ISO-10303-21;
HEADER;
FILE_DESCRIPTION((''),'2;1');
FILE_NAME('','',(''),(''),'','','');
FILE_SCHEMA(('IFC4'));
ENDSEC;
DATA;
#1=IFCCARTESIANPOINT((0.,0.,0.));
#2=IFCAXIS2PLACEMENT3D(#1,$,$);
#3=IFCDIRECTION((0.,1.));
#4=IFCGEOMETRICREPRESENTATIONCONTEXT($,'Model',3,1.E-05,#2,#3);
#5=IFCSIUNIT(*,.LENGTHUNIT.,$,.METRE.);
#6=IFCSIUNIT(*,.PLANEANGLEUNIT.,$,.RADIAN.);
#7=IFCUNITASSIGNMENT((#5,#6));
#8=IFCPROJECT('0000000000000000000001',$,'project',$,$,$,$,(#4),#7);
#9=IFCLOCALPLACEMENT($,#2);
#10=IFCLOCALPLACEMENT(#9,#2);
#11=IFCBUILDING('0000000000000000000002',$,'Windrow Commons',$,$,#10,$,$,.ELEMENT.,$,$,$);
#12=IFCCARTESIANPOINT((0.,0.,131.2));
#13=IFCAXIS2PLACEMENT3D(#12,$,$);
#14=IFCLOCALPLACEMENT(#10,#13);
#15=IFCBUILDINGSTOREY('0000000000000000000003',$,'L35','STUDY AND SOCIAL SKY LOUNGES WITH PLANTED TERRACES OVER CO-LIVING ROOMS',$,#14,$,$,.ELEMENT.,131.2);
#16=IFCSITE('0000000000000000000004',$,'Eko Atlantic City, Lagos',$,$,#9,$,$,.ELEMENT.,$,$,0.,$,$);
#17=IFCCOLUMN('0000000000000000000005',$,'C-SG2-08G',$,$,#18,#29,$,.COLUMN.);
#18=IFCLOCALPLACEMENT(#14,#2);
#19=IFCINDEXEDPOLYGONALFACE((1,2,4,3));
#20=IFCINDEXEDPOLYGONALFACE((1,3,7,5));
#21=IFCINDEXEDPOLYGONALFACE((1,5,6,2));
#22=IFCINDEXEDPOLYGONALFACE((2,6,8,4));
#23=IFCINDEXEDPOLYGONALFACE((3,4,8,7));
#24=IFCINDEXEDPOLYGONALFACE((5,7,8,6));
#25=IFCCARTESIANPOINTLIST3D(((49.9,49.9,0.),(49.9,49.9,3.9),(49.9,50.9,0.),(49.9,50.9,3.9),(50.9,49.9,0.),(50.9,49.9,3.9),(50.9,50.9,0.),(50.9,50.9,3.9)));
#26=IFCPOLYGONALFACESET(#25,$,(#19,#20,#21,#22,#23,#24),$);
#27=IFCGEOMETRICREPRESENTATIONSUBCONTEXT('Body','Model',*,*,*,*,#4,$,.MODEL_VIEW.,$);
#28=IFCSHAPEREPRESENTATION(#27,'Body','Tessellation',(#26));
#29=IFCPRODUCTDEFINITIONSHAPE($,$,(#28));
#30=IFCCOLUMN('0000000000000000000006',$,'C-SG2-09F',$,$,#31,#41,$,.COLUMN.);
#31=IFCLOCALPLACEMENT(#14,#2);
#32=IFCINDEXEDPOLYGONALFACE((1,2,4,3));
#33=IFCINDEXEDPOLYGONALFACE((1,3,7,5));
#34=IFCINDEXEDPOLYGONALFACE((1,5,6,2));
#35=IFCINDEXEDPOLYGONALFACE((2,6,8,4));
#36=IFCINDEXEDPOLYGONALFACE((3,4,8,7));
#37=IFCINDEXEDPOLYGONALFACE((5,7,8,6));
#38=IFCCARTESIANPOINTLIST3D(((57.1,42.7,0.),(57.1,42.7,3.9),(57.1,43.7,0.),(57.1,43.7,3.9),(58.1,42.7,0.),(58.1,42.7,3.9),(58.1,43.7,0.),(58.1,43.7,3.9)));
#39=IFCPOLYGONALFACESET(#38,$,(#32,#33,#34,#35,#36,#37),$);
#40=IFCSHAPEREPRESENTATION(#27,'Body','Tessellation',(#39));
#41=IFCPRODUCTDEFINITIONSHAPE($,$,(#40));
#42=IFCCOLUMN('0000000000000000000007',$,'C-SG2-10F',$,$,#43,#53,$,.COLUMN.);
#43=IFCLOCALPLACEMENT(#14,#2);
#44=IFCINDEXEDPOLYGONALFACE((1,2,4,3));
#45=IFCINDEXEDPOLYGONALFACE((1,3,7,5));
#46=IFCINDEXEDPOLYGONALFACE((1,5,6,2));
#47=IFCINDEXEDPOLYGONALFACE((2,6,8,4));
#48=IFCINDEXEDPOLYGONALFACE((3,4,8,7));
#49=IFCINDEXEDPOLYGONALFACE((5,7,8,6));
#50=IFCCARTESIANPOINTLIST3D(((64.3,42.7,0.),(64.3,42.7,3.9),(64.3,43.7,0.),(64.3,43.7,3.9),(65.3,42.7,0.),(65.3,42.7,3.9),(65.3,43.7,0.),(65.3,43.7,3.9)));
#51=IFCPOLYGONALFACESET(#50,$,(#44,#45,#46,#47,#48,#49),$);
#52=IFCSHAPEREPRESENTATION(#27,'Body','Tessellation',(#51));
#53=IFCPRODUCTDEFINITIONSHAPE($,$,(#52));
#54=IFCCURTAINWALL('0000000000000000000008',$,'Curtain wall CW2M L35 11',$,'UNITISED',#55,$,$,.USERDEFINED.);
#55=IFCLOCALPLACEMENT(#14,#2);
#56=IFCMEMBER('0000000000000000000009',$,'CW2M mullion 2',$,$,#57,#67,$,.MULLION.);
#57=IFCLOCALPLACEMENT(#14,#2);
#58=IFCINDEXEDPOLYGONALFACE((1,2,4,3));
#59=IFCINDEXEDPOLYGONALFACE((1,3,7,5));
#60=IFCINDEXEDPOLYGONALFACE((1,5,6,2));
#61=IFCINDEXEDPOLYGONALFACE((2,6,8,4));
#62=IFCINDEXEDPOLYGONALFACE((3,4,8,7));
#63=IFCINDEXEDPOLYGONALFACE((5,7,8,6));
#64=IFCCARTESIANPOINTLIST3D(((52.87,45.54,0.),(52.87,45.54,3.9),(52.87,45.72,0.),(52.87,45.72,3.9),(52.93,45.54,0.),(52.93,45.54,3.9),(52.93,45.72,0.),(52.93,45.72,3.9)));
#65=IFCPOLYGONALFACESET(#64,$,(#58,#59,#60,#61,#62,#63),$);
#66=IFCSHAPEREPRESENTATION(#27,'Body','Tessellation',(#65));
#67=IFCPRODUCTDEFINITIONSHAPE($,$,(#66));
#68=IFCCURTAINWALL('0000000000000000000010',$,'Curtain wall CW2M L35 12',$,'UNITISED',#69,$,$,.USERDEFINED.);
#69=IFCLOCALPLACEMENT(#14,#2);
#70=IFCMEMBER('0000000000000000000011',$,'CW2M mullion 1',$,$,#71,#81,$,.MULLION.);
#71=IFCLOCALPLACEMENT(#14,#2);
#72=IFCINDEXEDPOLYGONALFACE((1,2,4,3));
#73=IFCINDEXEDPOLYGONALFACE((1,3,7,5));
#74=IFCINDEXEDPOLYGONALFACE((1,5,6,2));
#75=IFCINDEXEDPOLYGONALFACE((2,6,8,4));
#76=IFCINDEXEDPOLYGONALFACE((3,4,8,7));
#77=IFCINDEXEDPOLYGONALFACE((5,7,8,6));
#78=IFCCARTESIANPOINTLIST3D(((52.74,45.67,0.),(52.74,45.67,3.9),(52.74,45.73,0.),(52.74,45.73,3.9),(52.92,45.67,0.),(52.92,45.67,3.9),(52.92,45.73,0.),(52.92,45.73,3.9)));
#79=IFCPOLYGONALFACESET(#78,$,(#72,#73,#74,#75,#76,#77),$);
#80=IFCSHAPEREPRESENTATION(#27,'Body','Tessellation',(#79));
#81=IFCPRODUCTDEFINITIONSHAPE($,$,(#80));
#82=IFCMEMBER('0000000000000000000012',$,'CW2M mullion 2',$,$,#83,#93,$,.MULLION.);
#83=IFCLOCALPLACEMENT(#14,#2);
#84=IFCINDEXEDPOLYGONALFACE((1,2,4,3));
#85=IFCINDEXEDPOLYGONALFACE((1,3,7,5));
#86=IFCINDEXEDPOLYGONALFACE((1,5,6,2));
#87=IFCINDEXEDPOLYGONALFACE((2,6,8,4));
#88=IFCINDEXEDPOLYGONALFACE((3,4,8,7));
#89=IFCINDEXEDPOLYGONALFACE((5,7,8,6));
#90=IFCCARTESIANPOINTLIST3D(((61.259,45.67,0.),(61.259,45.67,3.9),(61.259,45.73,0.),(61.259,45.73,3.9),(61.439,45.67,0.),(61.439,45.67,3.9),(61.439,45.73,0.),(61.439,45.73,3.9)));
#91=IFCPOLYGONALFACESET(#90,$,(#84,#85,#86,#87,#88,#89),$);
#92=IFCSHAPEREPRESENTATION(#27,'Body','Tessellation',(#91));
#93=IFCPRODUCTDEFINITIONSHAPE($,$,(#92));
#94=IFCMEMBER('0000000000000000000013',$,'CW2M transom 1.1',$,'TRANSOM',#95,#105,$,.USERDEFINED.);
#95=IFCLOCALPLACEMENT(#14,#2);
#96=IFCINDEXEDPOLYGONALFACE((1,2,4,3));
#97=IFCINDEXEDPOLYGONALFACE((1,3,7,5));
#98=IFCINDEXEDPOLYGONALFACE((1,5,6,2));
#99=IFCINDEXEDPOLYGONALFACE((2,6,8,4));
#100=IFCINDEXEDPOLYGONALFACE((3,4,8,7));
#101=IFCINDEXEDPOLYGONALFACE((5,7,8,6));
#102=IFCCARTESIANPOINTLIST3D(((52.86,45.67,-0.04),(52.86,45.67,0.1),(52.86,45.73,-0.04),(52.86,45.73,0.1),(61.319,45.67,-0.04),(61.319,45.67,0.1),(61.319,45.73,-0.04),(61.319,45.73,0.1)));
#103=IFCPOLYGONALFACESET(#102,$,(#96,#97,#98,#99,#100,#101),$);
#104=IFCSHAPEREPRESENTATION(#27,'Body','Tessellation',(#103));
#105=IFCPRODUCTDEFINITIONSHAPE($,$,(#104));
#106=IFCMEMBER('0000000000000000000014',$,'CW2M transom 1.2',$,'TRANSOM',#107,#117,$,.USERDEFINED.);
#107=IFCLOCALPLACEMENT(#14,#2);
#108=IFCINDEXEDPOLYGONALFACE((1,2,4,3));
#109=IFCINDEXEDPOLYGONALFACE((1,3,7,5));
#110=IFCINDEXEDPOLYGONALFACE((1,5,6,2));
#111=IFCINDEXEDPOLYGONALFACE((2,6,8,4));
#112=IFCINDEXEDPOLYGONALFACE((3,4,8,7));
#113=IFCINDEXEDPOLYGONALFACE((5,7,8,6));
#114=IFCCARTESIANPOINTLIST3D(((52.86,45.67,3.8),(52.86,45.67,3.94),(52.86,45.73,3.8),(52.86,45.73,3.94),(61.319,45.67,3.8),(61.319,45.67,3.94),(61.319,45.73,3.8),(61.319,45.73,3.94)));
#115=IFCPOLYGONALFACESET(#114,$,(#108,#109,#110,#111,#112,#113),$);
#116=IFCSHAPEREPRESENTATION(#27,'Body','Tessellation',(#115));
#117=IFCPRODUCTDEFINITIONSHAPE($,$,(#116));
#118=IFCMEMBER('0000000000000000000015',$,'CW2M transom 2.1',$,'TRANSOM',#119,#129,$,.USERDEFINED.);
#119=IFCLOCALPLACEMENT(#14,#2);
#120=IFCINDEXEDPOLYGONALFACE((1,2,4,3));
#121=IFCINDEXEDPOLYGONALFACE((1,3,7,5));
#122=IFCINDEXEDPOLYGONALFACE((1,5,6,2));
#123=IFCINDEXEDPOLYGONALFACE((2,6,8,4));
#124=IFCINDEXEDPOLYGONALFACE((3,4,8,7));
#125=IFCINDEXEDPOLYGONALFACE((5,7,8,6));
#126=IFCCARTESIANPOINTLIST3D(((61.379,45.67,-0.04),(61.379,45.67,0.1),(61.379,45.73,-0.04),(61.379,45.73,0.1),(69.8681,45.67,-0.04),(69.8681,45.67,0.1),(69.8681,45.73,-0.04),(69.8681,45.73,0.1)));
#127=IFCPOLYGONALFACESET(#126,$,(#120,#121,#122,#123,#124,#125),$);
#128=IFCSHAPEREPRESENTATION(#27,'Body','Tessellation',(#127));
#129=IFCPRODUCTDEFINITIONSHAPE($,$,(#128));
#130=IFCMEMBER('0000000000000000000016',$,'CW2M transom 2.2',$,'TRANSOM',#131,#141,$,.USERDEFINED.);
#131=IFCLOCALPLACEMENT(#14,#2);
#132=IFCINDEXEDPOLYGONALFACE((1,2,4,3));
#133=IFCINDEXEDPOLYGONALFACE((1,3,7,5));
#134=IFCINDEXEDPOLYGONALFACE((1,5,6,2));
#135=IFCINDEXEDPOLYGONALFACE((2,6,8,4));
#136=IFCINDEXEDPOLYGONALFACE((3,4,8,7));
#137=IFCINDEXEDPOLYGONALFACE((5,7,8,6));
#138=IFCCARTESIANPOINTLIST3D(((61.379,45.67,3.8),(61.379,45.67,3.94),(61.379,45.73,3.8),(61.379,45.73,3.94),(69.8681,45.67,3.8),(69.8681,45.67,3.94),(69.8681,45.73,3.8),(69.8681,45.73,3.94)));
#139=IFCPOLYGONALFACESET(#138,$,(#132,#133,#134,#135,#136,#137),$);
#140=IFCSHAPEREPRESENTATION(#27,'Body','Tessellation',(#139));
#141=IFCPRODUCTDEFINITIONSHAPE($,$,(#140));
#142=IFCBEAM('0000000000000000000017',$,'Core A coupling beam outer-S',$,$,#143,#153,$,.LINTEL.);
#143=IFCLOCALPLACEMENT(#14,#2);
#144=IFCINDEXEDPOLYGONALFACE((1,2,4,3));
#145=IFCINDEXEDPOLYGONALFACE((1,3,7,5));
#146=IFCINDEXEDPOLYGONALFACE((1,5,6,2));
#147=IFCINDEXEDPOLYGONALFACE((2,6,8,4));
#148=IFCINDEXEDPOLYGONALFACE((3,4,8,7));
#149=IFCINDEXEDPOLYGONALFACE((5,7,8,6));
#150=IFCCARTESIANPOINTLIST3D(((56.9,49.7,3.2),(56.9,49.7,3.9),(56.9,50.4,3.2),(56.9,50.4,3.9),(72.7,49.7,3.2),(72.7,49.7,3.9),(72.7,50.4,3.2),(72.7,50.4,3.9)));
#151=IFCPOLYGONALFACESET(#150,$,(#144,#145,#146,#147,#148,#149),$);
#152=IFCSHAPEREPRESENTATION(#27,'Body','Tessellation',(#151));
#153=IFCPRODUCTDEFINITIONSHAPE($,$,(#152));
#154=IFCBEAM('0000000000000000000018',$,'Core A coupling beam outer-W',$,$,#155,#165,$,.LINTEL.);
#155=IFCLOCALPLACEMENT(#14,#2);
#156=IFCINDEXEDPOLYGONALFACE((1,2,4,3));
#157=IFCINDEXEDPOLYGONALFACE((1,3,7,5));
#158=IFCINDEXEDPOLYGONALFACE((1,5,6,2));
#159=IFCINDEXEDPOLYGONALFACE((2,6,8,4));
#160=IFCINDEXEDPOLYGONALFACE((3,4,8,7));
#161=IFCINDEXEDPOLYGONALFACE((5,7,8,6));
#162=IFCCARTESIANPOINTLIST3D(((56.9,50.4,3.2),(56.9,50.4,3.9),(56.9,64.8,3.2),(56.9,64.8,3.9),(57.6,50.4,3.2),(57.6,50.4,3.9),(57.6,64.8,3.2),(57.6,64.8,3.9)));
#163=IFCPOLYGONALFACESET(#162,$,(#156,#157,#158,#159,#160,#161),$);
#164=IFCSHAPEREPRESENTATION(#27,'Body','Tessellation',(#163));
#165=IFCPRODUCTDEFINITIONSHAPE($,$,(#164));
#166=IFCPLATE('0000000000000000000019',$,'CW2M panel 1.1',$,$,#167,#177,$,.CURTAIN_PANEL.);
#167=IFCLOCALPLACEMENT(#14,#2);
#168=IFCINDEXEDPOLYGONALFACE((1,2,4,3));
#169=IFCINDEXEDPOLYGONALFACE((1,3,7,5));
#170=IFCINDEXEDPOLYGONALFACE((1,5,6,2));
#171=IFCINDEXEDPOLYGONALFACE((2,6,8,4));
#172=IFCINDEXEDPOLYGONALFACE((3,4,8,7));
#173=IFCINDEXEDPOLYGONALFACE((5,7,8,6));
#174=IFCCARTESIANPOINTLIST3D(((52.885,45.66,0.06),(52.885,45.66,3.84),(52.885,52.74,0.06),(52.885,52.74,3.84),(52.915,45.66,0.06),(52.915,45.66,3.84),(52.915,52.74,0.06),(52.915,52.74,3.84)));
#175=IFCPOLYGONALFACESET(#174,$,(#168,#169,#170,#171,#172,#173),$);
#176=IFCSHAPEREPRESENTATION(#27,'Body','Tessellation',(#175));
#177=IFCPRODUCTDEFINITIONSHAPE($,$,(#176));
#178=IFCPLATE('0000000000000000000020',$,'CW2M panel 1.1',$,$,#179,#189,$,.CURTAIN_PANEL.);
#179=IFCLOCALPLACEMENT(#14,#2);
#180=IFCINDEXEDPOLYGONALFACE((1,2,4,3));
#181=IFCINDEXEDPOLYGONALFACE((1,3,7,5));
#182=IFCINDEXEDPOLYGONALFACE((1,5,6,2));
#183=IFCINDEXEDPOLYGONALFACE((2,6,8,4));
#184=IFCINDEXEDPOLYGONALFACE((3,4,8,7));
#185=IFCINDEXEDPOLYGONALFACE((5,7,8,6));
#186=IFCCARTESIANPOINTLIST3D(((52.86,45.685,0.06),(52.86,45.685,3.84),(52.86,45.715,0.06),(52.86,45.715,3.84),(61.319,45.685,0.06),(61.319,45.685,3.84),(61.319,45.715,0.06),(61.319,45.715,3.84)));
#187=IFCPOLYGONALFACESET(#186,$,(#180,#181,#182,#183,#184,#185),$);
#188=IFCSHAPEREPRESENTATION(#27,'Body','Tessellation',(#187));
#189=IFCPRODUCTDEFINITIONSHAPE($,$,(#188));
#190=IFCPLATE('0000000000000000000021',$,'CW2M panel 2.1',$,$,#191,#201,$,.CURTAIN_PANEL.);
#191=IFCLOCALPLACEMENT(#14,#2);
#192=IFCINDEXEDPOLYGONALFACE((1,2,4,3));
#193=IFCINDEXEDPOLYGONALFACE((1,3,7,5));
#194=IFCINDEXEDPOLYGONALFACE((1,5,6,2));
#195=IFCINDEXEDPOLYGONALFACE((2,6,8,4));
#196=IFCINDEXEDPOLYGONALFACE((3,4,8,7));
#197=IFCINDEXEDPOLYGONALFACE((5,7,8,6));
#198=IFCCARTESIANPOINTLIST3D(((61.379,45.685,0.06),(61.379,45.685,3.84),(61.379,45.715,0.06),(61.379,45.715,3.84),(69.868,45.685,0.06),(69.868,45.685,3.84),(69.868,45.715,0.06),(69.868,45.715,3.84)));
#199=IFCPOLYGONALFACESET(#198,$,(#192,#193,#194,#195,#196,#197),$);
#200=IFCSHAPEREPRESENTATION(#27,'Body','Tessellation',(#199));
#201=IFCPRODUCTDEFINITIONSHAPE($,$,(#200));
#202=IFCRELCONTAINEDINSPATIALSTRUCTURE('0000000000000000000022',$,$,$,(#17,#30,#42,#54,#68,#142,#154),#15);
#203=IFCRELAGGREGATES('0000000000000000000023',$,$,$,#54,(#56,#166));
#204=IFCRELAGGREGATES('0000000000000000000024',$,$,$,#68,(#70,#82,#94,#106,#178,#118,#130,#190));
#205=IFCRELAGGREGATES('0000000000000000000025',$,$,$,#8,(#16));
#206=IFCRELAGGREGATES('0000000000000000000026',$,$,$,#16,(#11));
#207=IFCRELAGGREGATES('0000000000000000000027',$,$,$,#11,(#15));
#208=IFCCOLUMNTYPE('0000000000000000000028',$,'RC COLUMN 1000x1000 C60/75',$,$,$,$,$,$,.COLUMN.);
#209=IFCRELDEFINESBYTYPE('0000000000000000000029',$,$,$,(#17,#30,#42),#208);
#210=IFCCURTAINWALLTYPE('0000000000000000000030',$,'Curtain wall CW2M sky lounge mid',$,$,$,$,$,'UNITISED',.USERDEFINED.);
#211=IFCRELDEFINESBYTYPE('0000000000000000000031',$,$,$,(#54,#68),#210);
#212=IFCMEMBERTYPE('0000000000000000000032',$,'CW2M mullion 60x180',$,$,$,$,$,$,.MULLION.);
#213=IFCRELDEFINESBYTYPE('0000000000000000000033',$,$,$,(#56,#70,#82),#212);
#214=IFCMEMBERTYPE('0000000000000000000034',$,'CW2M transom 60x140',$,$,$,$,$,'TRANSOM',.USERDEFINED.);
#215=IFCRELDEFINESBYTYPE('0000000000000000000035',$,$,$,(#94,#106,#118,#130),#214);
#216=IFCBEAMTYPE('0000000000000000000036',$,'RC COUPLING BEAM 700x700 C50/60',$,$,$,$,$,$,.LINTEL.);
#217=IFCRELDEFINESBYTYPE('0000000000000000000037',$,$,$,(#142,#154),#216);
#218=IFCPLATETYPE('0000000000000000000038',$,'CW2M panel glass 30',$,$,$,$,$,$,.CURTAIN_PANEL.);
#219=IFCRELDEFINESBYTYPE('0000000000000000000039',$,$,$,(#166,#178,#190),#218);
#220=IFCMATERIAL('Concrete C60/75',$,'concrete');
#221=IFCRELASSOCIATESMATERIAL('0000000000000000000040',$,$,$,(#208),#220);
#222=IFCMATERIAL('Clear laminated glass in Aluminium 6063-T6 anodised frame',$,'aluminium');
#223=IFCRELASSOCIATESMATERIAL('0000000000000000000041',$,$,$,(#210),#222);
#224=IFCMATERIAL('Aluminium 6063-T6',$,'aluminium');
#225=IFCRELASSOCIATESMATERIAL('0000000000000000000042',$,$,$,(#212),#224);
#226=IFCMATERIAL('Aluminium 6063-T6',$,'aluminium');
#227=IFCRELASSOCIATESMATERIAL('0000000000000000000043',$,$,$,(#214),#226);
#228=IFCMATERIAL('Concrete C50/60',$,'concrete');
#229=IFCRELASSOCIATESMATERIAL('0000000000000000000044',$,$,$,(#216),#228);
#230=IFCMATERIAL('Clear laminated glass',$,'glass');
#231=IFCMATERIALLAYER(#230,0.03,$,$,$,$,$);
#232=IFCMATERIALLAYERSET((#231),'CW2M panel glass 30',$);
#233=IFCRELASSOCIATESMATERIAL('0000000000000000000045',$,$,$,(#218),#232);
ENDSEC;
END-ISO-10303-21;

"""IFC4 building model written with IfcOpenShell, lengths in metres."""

from ifc_helpers import new_model, si_unit, direction, frame, origin, origin_2d, place, context, subcontext, project, spatial, rectangle, extrude, material, layer, layer_set, material_profile, profile_set, type_object, element, aggregate, save


model = new_model("IFC4")

# Units and contexts
model_context = context("Model", 3, precision=1e-05, world=origin(), true_north=direction((0.0, 1.0)))
body_context = subcontext(model_context, "Body", "Model", "MODEL_VIEW")
ifc_project = project(units=[si_unit("LENGTHUNIT", "METRE"), si_unit("PLANEANGLEUNIT", "RADIAN")], contexts=[model_context])

# Site, building, storey
site_placement = place(None, origin())
site = spatial("IfcSite", under=ifc_project, at=site_placement, Name="Eko Atlantic City, Lagos", CompositionType="ELEMENT", RefElevation=0.0)
building_placement = place(site_placement, origin())
building = spatial("IfcBuilding", under=site, at=building_placement, Name="Windrow Commons", CompositionType="ELEMENT")
storey_placement = place(building_placement, frame((0.0, 0.0, 131.2)))
storey = spatial("IfcBuildingStorey", under=building, at=storey_placement, Name="L35", Description="STUDY AND SOCIAL SKY LOUNGES WITH PLANTED TERRACES OVER CO-LIVING ROOMS", CompositionType="ELEMENT", Elevation=131.2)

# Columns
ifc_material_1 = material(Name="Concrete C60/75", Category="concrete")
ifc_material_profile_1 = material_profile(ifc_material_1, rectangle(XDim=1.0, YDim=1.0, at=origin_2d()))
ifc_profile_set_1 = profile_set([ifc_material_profile_1], Name="Concrete C60/75")
column_type = type_object("IfcColumnType", Name="RC COLUMN 1000x1000 C60/75", PredefinedType="COLUMN", material=ifc_profile_set_1)
for number, where, z_axis, x_axis, name in (
    (1, (50.4, 50.4, 0.0), (0.0, 0.0, 1.0), (1.0, 0.0, 0.0), "C-SG2-08G"),
    (2, (57.6, 43.2, 0.0), (0.0, 0.0, 1.0), (1.0, 0.0, 0.0), "C-SG2-09F"),
    (3, (64.8, 43.2, 0.0), (0.0, 0.0, 1.0), (1.0, 0.0, 0.0), "C-SG2-10F"),
):
    element("IfcColumn", number, at=place(storey_placement, frame(where, z_axis=z_axis, x_axis=x_axis)), inside=storey, type_object=column_type, Name=name, PredefinedType="COLUMN", context=body_context, shape_type="SweptSolid", body=[
        extrude(rectangle(XDim=1.0, YDim=1.0, at=origin_2d()), origin(), (0.0, 0.0, 1.0), 3.9),
    ])

# Curtain wall, member
ifc_material_2 = material(Name="Clear laminated glass in Aluminium 6063-T6 anodised frame", Category="aluminium")
curtain_wall_type = type_object("IfcCurtainWallType", Name="Curtain wall CW2M sky lounge mid", ElementType="UNITISED", PredefinedType="USERDEFINED", material=ifc_material_2)
placement = place(storey_placement, origin())
curtain_wall_1 = element("IfcCurtainWall", 4, at=placement, inside=storey, type_object=curtain_wall_type, Name="Curtain wall CW2M L35 11", ObjectType="UNITISED", PredefinedType="USERDEFINED")
ifc_material_3 = material(Name="Aluminium 6063-T6", Category="aluminium")
ifc_material_profile_2 = material_profile(ifc_material_3, rectangle(XDim=0.06, YDim=0.18, at=origin_2d()))
ifc_profile_set_2 = profile_set([ifc_material_profile_2], Name="Aluminium 6063-T6")
member_type_1 = type_object("IfcMemberType", Name="CW2M mullion 60x180", PredefinedType="MULLION", material=ifc_profile_set_2)
member_1_placement = place(storey_placement, frame((52.9, 45.63, 0.0), z_axis=(0.0, 0.0, 1.0), x_axis=(1.0, 0.0, 0.0)))
member_1 = element("IfcMember", 5, at=member_1_placement, type_object=member_type_1, Name="CW2M mullion 2", PredefinedType="MULLION", context=body_context, shape_type="SweptSolid", body=[
    extrude(rectangle(XDim=0.06, YDim=0.18, at=origin_2d()), origin(), (0.0, 0.0, 1.0), 3.9),
])

# Curtain wall, members
curtain_wall_2 = element("IfcCurtainWall", 6, at=placement, inside=storey, type_object=curtain_wall_type, Name="Curtain wall CW2M L35 12", ObjectType="UNITISED", PredefinedType="USERDEFINED")
member_2_placement = place(storey_placement, frame((52.83, 45.7, 0.0), z_axis=(0.0, 0.0, 1.0), x_axis=(0.0, 1.0, 0.0)))
member_2 = element("IfcMember", 7, at=member_2_placement, type_object=member_type_1, Name="CW2M mullion 1", PredefinedType="MULLION", context=body_context, shape_type="SweptSolid", body=[
    extrude(rectangle(XDim=0.06, YDim=0.18, at=origin_2d()), origin(), (0.0, 0.0, 1.0), 3.9),
])
member_3_placement = place(storey_placement, frame((61.349, 45.7, 0.0), z_axis=(0.0, 0.0, 1.0), x_axis=(0.0, 1.0, 0.0)))
member_3 = element("IfcMember", 8, at=member_3_placement, type_object=member_type_1, Name="CW2M mullion 2", PredefinedType="MULLION", context=body_context, shape_type="SweptSolid", body=[
    extrude(rectangle(XDim=0.06, YDim=0.18, at=origin_2d()), origin(), (0.0, 0.0, 1.0), 3.9),
])
ifc_material_4 = material(Name="Aluminium 6063-T6", Category="aluminium")
ifc_material_profile_3 = material_profile(ifc_material_4, rectangle(XDim=0.06, YDim=0.14, at=origin_2d()))
ifc_profile_set_3 = profile_set([ifc_material_profile_3], Name="Aluminium 6063-T6")
member_type_2 = type_object("IfcMemberType", Name="CW2M transom 60x140", ElementType="TRANSOM", PredefinedType="USERDEFINED", material=ifc_profile_set_3)
member_4_placement = place(storey_placement, frame((52.86, 45.7, 0.03), z_axis=(1.0, 0.0, 0.0), x_axis=(0.0, 1.0, 0.0)))
member_4 = element("IfcMember", 9, at=member_4_placement, type_object=member_type_2, Name="CW2M transom 1.1", ObjectType="TRANSOM", PredefinedType="USERDEFINED", context=body_context, shape_type="SweptSolid", body=[
    extrude(rectangle(XDim=0.06, YDim=0.14, at=origin_2d()), origin(), (0.0, 0.0, 1.0), 8.459),
])
member_5_placement = place(storey_placement, frame((52.86, 45.7, 3.87), z_axis=(1.0, 0.0, 0.0), x_axis=(0.0, 1.0, 0.0)))
member_5 = element("IfcMember", 10, at=member_5_placement, type_object=member_type_2, Name="CW2M transom 1.2", ObjectType="TRANSOM", PredefinedType="USERDEFINED", context=body_context, shape_type="SweptSolid", body=[
    extrude(rectangle(XDim=0.06, YDim=0.14, at=origin_2d()), origin(), (0.0, 0.0, 1.0), 8.459),
])
member_6_placement = place(storey_placement, frame((61.379, 45.7, 0.03), z_axis=(1.0, 0.0, 0.0), x_axis=(0.0, 1.0, 0.0)))
member_6 = element("IfcMember", 11, at=member_6_placement, type_object=member_type_2, Name="CW2M transom 2.1", ObjectType="TRANSOM", PredefinedType="USERDEFINED", context=body_context, shape_type="SweptSolid", body=[
    extrude(rectangle(XDim=0.06, YDim=0.14, at=origin_2d()), origin(), (0.0, 0.0, 1.0), 8.4891),
])
member_7_placement = place(storey_placement, frame((61.379, 45.7, 3.87), z_axis=(1.0, 0.0, 0.0), x_axis=(0.0, 1.0, 0.0)))
member_7 = element("IfcMember", 12, at=member_7_placement, type_object=member_type_2, Name="CW2M transom 2.2", ObjectType="TRANSOM", PredefinedType="USERDEFINED", context=body_context, shape_type="SweptSolid", body=[
    extrude(rectangle(XDim=0.06, YDim=0.14, at=origin_2d()), origin(), (0.0, 0.0, 1.0), 8.4891),
])

# Beams
ifc_material_5 = material(Name="Concrete C50/60", Category="concrete")
ifc_material_profile_4 = material_profile(ifc_material_5, rectangle(XDim=0.7, YDim=0.7, at=origin_2d()))
ifc_profile_set_4 = profile_set([ifc_material_profile_4], Name="Concrete C50/60")
beam_type = type_object("IfcBeamType", Name="RC COUPLING BEAM 700x700 C50/60", PredefinedType="LINTEL", material=ifc_profile_set_4)
beam_1_placement = place(storey_placement, frame((56.9, 50.05, 3.55), z_axis=(1.0, 0.0, 0.0), x_axis=(0.0, 1.0, 0.0)))
element("IfcBeam", 13, at=beam_1_placement, inside=storey, type_object=beam_type, Name="Core A coupling beam outer-S", PredefinedType="LINTEL", context=body_context, shape_type="SweptSolid", body=[
    extrude(rectangle(XDim=0.7, YDim=0.7, at=origin_2d()), origin(), (0.0, 0.0, 1.0), 15.8),
])
beam_2_placement = place(storey_placement, frame((57.25, 50.4, 3.55), z_axis=(0.0, 1.0, 0.0), x_axis=(-1.0, 0.0, 0.0)))
element("IfcBeam", 14, at=beam_2_placement, inside=storey, type_object=beam_type, Name="Core A coupling beam outer-W", PredefinedType="LINTEL", context=body_context, shape_type="SweptSolid", body=[
    extrude(rectangle(XDim=0.7, YDim=0.7, at=origin_2d()), origin(), (0.0, 0.0, 1.0), 14.4),
])

# Plates
ifc_material_6 = material(Name="Clear laminated glass", Category="glass")
ifc_layer_1 = layer(ifc_material_6, 0.03)
ifc_layer_set_1 = layer_set([ifc_layer_1], Name="CW2M panel glass 30")
plate_type = type_object("IfcPlateType", Name="CW2M panel glass 30", PredefinedType="CURTAIN_PANEL", material=ifc_layer_set_1)
plate_1_placement = place(storey_placement, frame((52.9, 49.2, 0.06), z_axis=(0.0, 0.0, 1.0), x_axis=(0.0, -1.0, 0.0)))
plate_1 = element("IfcPlate", 15, at=plate_1_placement, type_object=plate_type, Name="CW2M panel 1.1", PredefinedType="CURTAIN_PANEL", context=body_context, shape_type="SweptSolid", body=[
    extrude(rectangle(XDim=7.08, YDim=0.03, at=origin_2d()), origin(), (0.0, 0.0, 1.0), 3.78),
])
aggregate(curtain_wall_1, [member_1, plate_1])
plate_2_placement = place(storey_placement, frame((57.0895, 45.7, 0.06), z_axis=(0.0, 0.0, 1.0), x_axis=(1.0, 0.0, 0.0)))
plate_2 = element("IfcPlate", 16, at=plate_2_placement, type_object=plate_type, Name="CW2M panel 1.1", PredefinedType="CURTAIN_PANEL", context=body_context, shape_type="SweptSolid", body=[
    extrude(rectangle(XDim=8.459, YDim=0.03, at=origin_2d()), origin(), (0.0, 0.0, 1.0), 3.78),
])
plate_3_placement = place(storey_placement, frame((65.6235, 45.7, 0.06), z_axis=(0.0, 0.0, 1.0), x_axis=(1.0, 0.0, 0.0)))
plate_3 = element("IfcPlate", 17, at=plate_3_placement, type_object=plate_type, Name="CW2M panel 2.1", PredefinedType="CURTAIN_PANEL", context=body_context, shape_type="SweptSolid", body=[
    extrude(rectangle(XDim=8.489, YDim=0.03, at=origin_2d()), origin(), (0.0, 0.0, 1.0), 3.78),
])
aggregate(curtain_wall_2, [member_2, member_3, member_4, member_5, plate_2, member_6, member_7, plate_3])

save(model, "model.ifc")
